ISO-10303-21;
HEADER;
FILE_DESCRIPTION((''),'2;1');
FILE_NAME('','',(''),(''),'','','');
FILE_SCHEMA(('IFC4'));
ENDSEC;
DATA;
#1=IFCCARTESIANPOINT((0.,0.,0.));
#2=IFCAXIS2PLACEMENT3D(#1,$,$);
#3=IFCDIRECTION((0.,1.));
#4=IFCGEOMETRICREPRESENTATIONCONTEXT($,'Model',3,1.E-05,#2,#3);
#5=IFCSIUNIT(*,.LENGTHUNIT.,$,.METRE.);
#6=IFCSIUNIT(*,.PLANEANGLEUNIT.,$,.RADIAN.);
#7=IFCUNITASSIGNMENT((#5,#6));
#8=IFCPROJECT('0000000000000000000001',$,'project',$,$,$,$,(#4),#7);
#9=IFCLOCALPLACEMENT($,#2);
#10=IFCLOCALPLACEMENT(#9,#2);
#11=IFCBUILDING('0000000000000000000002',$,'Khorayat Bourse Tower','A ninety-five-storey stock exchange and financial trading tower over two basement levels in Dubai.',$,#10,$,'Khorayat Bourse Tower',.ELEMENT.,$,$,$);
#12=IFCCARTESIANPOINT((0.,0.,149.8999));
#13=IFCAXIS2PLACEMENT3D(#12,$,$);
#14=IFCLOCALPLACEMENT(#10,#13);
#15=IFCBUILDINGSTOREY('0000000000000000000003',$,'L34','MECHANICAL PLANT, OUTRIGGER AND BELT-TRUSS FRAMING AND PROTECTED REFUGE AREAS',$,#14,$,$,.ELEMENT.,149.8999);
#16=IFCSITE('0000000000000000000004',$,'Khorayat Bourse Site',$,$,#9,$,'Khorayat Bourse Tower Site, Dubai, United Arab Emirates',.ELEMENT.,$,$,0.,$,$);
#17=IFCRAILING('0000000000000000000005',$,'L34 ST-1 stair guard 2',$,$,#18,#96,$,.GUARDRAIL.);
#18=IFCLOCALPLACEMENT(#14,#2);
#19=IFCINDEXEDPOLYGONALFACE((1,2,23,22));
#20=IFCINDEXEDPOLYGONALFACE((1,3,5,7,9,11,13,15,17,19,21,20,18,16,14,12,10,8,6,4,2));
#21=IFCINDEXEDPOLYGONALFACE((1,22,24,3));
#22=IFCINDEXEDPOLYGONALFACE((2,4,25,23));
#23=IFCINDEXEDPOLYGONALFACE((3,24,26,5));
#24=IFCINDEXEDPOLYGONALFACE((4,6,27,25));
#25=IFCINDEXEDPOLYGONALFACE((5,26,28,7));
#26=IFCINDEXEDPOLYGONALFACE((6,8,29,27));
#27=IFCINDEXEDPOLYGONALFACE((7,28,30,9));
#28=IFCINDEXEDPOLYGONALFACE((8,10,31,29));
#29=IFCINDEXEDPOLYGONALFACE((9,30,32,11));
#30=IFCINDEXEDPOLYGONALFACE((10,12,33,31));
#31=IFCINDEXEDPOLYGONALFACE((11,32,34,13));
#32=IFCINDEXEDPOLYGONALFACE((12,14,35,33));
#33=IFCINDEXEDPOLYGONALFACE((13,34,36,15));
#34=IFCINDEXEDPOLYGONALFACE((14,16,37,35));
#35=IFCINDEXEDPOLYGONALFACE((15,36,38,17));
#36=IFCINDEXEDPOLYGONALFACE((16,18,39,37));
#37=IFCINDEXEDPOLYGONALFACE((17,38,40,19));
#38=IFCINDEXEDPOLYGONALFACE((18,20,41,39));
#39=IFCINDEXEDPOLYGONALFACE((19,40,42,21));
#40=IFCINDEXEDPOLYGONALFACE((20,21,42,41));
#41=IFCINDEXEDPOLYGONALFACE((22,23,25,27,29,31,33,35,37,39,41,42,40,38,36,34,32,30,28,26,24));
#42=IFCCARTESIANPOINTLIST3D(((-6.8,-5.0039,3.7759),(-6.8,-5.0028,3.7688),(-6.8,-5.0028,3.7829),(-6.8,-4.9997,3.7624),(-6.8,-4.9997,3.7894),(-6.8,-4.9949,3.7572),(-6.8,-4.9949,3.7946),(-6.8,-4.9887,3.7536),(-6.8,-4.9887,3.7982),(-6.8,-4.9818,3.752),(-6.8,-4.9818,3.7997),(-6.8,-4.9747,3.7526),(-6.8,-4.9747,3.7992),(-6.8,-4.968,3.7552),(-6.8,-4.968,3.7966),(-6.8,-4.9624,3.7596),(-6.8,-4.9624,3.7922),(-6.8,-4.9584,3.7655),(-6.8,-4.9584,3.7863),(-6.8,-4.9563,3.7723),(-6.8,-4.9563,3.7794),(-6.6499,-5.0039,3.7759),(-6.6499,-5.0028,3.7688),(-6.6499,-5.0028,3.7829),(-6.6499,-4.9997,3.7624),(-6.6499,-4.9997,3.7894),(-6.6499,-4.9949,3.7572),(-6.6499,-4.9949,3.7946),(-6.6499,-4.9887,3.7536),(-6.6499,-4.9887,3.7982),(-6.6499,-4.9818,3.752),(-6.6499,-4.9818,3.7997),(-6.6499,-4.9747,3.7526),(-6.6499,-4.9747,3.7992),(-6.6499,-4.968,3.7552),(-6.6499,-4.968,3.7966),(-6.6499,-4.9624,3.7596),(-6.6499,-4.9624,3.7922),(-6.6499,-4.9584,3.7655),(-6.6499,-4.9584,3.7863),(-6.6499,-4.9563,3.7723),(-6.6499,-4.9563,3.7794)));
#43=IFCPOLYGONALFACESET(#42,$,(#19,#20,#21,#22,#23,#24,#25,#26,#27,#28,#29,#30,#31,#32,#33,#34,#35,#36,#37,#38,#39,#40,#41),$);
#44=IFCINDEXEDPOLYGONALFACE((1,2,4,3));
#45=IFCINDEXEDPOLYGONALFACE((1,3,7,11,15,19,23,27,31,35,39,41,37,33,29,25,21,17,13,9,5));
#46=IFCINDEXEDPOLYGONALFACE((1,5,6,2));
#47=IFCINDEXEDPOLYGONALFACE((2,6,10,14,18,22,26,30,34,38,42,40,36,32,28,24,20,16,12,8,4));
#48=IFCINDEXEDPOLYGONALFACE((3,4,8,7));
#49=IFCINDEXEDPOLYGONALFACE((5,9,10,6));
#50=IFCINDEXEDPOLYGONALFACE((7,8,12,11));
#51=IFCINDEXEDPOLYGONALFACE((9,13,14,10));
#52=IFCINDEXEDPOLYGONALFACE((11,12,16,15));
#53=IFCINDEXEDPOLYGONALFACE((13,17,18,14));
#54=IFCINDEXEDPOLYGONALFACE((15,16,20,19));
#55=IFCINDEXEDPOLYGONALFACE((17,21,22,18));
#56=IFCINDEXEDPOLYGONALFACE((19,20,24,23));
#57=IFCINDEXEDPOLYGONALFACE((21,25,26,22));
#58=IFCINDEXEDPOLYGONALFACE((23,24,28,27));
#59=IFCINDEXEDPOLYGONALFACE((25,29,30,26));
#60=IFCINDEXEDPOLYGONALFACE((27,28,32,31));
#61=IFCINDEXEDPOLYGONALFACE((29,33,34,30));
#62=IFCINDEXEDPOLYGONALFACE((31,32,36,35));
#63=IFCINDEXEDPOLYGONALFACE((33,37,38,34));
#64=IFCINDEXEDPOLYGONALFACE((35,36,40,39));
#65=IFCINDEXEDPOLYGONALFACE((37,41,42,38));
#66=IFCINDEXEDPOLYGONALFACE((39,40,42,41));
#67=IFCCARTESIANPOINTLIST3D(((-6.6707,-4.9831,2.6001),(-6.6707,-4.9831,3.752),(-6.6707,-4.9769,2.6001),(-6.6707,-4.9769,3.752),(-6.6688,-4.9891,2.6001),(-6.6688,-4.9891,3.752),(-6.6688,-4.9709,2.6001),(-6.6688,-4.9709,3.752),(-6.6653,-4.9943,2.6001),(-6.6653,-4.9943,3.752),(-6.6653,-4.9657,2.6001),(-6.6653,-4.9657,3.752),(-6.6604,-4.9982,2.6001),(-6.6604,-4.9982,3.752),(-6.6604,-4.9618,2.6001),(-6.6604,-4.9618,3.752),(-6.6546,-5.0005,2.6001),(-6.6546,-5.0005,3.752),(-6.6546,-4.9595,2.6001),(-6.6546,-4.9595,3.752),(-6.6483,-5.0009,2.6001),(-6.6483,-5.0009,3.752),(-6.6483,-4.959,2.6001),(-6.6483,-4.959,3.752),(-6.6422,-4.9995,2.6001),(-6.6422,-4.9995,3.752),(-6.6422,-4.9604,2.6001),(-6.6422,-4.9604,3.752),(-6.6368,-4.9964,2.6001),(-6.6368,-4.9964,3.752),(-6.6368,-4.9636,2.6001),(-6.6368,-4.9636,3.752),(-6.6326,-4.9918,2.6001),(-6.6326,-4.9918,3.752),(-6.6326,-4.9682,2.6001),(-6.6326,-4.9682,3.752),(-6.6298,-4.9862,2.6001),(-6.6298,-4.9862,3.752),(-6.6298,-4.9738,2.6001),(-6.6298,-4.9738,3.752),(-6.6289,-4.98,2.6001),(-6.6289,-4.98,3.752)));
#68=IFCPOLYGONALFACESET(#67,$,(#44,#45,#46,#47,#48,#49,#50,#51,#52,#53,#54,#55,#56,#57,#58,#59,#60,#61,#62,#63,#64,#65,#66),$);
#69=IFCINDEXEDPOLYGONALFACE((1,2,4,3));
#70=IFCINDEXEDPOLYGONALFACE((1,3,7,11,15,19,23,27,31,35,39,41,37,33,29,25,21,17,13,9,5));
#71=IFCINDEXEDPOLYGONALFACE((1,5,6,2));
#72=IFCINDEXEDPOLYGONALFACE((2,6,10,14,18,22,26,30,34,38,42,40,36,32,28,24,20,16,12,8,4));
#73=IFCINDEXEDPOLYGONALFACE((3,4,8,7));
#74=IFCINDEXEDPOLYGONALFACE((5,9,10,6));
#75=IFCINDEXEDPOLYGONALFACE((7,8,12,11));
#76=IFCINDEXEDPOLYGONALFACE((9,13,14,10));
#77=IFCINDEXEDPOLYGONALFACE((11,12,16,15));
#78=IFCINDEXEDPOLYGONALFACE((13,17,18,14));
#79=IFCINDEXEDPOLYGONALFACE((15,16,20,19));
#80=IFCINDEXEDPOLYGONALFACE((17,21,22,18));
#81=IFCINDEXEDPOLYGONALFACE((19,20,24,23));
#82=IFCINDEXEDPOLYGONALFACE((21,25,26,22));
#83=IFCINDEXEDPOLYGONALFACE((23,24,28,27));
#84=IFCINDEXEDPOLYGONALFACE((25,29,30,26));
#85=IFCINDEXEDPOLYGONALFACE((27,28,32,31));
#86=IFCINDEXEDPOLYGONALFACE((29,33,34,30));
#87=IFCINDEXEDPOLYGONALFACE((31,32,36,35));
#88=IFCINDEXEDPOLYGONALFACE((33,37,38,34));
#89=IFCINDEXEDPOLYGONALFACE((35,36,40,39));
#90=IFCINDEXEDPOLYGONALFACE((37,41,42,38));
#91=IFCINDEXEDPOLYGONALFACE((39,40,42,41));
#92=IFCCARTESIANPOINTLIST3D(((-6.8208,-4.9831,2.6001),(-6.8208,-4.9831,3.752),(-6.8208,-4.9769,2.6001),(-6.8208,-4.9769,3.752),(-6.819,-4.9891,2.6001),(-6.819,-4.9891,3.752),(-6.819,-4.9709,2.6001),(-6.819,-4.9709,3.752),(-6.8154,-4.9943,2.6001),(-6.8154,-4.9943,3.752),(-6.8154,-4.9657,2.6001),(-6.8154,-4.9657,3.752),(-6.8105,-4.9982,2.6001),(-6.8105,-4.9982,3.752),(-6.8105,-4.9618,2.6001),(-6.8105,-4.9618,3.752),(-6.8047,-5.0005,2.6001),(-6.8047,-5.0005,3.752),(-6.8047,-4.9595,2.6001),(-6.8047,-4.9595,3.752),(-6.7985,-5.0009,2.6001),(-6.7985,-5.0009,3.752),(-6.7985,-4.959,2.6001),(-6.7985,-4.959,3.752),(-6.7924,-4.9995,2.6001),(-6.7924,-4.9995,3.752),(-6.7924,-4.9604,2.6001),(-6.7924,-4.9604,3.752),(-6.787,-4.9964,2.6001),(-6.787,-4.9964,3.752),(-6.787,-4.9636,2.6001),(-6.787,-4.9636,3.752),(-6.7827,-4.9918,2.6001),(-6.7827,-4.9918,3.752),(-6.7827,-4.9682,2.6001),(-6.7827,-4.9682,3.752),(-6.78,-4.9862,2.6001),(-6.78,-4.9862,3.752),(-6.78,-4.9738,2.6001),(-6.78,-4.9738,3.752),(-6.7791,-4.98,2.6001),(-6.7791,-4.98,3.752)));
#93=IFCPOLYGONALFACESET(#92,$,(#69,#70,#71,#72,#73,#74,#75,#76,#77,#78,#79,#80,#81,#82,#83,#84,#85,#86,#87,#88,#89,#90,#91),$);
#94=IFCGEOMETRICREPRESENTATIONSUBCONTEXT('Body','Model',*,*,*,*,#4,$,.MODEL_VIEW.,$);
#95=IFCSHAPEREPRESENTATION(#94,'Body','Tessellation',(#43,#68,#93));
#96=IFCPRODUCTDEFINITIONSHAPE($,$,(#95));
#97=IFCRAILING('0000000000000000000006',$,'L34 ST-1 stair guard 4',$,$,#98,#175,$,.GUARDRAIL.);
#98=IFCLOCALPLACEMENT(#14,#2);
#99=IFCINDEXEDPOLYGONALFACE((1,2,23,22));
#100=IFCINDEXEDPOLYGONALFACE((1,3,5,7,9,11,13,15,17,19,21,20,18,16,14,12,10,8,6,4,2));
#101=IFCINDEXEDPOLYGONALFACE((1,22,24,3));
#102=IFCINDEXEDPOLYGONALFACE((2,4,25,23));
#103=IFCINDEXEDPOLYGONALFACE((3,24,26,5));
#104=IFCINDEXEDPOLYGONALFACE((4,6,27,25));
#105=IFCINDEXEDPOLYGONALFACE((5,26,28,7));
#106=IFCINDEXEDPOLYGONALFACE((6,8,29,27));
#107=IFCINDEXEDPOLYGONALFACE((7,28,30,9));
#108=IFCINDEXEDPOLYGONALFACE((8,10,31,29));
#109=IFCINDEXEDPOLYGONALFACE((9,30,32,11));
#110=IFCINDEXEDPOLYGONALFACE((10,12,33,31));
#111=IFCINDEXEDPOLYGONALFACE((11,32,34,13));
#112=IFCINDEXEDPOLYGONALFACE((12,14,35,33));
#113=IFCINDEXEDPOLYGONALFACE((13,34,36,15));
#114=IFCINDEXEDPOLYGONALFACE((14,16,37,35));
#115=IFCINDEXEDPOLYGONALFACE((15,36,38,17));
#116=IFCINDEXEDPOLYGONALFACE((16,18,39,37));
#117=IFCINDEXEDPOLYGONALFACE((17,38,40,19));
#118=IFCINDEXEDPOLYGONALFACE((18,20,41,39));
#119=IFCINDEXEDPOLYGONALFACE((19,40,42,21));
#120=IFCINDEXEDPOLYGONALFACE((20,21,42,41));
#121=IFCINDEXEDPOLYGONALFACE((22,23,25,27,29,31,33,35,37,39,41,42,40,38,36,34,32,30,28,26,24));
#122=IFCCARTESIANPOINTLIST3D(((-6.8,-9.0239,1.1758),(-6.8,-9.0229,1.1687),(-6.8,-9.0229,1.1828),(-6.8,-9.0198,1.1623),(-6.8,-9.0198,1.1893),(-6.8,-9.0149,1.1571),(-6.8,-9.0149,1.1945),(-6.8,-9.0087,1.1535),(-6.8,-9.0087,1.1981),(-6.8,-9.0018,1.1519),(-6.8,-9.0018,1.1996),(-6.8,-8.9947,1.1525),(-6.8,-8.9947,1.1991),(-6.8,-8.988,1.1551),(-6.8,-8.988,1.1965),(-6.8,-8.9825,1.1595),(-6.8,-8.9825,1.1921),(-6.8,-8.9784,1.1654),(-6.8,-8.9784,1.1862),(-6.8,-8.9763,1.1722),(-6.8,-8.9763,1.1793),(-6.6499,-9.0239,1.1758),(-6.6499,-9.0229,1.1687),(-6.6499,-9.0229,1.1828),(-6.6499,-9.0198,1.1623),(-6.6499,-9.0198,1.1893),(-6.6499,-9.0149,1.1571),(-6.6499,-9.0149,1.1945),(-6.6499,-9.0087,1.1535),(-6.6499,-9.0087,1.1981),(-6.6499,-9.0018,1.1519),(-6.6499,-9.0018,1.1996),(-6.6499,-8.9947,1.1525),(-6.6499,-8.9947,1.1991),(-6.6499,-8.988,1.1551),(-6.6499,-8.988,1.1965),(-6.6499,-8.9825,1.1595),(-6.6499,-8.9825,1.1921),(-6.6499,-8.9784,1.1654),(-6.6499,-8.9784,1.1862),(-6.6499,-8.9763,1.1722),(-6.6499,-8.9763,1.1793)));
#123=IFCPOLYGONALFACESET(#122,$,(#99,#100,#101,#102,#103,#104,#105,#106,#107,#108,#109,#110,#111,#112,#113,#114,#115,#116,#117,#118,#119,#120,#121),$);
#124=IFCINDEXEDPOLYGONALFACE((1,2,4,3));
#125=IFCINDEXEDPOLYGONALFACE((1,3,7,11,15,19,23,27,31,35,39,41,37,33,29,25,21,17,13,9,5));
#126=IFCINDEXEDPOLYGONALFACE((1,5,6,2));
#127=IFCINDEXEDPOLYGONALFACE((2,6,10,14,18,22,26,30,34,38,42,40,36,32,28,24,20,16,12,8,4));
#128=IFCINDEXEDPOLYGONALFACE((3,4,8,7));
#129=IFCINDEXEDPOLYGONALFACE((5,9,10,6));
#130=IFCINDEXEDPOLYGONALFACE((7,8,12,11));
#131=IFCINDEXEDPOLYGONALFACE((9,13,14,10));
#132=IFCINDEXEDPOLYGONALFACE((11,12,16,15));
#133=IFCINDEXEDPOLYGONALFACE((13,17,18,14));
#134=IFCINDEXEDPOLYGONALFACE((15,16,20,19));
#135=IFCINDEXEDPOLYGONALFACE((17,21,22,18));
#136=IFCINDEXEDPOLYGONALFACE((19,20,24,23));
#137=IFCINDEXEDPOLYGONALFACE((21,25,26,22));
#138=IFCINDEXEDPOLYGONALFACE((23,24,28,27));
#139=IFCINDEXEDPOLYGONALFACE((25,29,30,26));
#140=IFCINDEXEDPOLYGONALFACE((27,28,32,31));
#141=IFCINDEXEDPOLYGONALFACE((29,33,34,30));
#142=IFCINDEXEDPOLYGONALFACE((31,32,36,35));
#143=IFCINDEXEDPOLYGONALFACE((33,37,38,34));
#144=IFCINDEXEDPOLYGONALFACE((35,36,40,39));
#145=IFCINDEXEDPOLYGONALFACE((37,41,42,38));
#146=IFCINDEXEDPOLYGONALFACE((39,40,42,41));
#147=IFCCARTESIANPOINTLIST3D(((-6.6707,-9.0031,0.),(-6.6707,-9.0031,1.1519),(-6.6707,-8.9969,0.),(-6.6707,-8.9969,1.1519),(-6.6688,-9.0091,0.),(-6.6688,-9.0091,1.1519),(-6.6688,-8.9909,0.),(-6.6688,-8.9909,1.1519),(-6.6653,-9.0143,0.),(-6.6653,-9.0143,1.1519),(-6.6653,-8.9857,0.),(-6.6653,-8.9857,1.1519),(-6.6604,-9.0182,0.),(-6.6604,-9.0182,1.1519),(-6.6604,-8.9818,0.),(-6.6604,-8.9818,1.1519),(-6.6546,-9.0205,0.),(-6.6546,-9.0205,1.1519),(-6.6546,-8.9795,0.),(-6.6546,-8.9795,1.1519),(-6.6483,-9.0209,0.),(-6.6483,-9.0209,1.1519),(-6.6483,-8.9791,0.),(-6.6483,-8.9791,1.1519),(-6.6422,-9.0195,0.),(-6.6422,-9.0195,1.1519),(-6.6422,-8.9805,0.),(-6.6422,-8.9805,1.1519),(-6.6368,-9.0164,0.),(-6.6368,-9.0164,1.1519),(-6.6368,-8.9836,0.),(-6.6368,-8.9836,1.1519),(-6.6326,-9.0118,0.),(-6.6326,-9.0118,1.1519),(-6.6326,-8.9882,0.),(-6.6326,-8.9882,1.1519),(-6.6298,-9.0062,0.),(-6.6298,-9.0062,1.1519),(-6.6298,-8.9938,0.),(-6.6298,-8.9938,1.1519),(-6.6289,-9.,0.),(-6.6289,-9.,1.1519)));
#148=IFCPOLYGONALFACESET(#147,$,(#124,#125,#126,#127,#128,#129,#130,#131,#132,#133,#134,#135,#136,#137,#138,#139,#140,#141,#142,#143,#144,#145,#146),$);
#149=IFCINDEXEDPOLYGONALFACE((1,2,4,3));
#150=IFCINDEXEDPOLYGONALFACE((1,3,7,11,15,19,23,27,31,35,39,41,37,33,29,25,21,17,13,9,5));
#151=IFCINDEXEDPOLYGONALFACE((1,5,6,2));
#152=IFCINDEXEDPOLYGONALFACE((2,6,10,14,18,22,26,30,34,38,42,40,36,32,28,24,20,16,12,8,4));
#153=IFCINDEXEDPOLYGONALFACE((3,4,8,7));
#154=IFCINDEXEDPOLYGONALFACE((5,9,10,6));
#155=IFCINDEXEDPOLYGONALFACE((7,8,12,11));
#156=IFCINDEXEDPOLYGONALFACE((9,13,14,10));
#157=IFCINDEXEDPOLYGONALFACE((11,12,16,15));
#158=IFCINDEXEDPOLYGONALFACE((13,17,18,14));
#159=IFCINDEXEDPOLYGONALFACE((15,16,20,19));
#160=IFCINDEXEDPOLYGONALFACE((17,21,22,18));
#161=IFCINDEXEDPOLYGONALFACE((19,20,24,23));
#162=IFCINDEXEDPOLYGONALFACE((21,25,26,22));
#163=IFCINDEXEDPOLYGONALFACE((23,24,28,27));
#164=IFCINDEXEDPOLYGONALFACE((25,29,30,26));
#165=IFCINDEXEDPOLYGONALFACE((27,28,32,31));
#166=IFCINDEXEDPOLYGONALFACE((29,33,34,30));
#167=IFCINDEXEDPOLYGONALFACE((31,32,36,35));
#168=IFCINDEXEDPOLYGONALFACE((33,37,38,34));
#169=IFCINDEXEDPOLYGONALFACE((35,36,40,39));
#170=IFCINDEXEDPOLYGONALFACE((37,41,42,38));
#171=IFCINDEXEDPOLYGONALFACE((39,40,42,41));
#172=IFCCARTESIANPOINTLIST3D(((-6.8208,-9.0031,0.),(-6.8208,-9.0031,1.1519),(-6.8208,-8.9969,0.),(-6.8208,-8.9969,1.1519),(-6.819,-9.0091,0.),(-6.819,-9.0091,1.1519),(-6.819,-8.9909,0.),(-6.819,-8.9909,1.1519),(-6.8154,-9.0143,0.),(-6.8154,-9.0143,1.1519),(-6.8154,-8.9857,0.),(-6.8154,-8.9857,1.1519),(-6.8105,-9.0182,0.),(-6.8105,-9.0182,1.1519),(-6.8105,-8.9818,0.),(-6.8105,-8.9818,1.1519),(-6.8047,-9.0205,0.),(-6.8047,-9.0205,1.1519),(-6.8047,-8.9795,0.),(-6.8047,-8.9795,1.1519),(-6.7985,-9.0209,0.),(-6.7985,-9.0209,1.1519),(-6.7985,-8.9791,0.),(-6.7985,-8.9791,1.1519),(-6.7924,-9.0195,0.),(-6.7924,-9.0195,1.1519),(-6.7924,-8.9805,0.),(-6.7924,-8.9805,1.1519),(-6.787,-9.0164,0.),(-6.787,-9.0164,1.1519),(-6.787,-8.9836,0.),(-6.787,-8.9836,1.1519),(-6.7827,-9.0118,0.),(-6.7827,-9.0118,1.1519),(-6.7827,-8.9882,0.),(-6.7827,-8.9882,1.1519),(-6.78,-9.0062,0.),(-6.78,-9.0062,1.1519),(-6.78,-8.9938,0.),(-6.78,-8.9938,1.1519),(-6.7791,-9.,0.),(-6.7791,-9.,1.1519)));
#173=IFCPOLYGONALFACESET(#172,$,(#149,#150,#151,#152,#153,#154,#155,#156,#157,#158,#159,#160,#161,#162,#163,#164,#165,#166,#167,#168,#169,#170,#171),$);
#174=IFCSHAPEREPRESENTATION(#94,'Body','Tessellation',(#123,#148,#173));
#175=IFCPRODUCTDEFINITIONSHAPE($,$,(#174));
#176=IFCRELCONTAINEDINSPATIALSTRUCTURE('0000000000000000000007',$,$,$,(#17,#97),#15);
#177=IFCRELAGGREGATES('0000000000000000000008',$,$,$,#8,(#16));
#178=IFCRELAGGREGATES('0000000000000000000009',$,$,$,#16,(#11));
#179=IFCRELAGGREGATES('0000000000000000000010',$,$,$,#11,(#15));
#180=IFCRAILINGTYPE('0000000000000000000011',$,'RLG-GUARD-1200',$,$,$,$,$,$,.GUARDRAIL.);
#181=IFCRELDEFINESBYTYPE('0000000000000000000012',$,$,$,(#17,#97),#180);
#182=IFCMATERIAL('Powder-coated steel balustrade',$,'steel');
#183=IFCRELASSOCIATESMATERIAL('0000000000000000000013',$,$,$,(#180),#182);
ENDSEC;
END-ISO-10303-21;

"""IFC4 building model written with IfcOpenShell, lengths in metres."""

from ifc_helpers import new_model, si_unit, direction, frame, origin, origin_2d, place, context, subcontext, project, spatial, circle, extrude, source, transform, mapped, material, type_object, element, save


model = new_model("IFC4")

# Units and contexts
model_context = context("Model", 3, precision=1e-05, world=origin(), true_north=direction((0.0, 1.0)))
body_context = subcontext(model_context, "Body", "Model", "MODEL_VIEW")
ifc_project = project(units=[si_unit("LENGTHUNIT", "METRE"), si_unit("PLANEANGLEUNIT", "RADIAN")], contexts=[model_context])

# Site, building, storey
site_placement = place(None, origin())
site = spatial("IfcSite", under=ifc_project, at=site_placement, Name="Khorayat Bourse Site", LongName="Khorayat Bourse Tower Site, Dubai, United Arab Emirates", CompositionType="ELEMENT", RefElevation=0.0)
building_placement = place(site_placement, origin())
building = spatial("IfcBuilding", under=site, at=building_placement, Name="Khorayat Bourse Tower", Description="A ninety-five-storey stock exchange and financial trading tower over two basement levels in Dubai.", LongName="Khorayat Bourse Tower", CompositionType="ELEMENT")
storey_placement = place(building_placement, frame((0.0, 0.0, 149.8999)))
storey = spatial("IfcBuildingStorey", under=building, at=storey_placement, Name="L34", Description="MECHANICAL PLANT, OUTRIGGER AND BELT-TRUSS FRAMING AND PROTECTED REFUGE AREAS", CompositionType="ELEMENT", Elevation=149.8999)

# Railings
ifc_material_1 = material(Name="Powder-coated steel balustrade", Category="steel")
railing_type_1 = type_object("IfcRailingType", Name="RLG-GUARD-1200", PredefinedType="GUARDRAIL", material=ifc_material_1)
shared_shape_1 = source(origin(), body_context, "Body", "SweptSolid", [
    extrude(circle(Radius=0.0239, at=origin_2d()), frame((0.0, 0.0, 1.1758), z_axis=(-1.0, 0.0, 0.0), x_axis=(0.0, -1.0, 0.0)), (0.0, 0.0, 1.0), 0.1501),
    extrude(circle(Radius=0.021, at=origin_2d()), origin(), (0.0, 0.0, 1.0), 1.1519),
    extrude(circle(Radius=0.021, at=origin_2d()), frame((-0.1501, 0.0, 0.0)), (0.0, 0.0, 1.0), 1.1519),
])
for number, where, name in (
    (1, (-6.6499, -4.98, 2.6001), "L34 ST-1 stair guard 2"),
    (2, (-6.6499, -9.0, 0.0), "L34 ST-1 stair guard 4"),
):
    element("IfcRailing", number, at=place(storey_placement, frame(where)), inside=storey, type_object=railing_type_1, Name=name, PredefinedType="GUARDRAIL", context=body_context, shape_type="MappedRepresentation", body=[
        mapped(shared_shape_1, transform((0.0, 0.0, 0.0), scale=1.0)),
    ])

save(model, "model.ifc")
